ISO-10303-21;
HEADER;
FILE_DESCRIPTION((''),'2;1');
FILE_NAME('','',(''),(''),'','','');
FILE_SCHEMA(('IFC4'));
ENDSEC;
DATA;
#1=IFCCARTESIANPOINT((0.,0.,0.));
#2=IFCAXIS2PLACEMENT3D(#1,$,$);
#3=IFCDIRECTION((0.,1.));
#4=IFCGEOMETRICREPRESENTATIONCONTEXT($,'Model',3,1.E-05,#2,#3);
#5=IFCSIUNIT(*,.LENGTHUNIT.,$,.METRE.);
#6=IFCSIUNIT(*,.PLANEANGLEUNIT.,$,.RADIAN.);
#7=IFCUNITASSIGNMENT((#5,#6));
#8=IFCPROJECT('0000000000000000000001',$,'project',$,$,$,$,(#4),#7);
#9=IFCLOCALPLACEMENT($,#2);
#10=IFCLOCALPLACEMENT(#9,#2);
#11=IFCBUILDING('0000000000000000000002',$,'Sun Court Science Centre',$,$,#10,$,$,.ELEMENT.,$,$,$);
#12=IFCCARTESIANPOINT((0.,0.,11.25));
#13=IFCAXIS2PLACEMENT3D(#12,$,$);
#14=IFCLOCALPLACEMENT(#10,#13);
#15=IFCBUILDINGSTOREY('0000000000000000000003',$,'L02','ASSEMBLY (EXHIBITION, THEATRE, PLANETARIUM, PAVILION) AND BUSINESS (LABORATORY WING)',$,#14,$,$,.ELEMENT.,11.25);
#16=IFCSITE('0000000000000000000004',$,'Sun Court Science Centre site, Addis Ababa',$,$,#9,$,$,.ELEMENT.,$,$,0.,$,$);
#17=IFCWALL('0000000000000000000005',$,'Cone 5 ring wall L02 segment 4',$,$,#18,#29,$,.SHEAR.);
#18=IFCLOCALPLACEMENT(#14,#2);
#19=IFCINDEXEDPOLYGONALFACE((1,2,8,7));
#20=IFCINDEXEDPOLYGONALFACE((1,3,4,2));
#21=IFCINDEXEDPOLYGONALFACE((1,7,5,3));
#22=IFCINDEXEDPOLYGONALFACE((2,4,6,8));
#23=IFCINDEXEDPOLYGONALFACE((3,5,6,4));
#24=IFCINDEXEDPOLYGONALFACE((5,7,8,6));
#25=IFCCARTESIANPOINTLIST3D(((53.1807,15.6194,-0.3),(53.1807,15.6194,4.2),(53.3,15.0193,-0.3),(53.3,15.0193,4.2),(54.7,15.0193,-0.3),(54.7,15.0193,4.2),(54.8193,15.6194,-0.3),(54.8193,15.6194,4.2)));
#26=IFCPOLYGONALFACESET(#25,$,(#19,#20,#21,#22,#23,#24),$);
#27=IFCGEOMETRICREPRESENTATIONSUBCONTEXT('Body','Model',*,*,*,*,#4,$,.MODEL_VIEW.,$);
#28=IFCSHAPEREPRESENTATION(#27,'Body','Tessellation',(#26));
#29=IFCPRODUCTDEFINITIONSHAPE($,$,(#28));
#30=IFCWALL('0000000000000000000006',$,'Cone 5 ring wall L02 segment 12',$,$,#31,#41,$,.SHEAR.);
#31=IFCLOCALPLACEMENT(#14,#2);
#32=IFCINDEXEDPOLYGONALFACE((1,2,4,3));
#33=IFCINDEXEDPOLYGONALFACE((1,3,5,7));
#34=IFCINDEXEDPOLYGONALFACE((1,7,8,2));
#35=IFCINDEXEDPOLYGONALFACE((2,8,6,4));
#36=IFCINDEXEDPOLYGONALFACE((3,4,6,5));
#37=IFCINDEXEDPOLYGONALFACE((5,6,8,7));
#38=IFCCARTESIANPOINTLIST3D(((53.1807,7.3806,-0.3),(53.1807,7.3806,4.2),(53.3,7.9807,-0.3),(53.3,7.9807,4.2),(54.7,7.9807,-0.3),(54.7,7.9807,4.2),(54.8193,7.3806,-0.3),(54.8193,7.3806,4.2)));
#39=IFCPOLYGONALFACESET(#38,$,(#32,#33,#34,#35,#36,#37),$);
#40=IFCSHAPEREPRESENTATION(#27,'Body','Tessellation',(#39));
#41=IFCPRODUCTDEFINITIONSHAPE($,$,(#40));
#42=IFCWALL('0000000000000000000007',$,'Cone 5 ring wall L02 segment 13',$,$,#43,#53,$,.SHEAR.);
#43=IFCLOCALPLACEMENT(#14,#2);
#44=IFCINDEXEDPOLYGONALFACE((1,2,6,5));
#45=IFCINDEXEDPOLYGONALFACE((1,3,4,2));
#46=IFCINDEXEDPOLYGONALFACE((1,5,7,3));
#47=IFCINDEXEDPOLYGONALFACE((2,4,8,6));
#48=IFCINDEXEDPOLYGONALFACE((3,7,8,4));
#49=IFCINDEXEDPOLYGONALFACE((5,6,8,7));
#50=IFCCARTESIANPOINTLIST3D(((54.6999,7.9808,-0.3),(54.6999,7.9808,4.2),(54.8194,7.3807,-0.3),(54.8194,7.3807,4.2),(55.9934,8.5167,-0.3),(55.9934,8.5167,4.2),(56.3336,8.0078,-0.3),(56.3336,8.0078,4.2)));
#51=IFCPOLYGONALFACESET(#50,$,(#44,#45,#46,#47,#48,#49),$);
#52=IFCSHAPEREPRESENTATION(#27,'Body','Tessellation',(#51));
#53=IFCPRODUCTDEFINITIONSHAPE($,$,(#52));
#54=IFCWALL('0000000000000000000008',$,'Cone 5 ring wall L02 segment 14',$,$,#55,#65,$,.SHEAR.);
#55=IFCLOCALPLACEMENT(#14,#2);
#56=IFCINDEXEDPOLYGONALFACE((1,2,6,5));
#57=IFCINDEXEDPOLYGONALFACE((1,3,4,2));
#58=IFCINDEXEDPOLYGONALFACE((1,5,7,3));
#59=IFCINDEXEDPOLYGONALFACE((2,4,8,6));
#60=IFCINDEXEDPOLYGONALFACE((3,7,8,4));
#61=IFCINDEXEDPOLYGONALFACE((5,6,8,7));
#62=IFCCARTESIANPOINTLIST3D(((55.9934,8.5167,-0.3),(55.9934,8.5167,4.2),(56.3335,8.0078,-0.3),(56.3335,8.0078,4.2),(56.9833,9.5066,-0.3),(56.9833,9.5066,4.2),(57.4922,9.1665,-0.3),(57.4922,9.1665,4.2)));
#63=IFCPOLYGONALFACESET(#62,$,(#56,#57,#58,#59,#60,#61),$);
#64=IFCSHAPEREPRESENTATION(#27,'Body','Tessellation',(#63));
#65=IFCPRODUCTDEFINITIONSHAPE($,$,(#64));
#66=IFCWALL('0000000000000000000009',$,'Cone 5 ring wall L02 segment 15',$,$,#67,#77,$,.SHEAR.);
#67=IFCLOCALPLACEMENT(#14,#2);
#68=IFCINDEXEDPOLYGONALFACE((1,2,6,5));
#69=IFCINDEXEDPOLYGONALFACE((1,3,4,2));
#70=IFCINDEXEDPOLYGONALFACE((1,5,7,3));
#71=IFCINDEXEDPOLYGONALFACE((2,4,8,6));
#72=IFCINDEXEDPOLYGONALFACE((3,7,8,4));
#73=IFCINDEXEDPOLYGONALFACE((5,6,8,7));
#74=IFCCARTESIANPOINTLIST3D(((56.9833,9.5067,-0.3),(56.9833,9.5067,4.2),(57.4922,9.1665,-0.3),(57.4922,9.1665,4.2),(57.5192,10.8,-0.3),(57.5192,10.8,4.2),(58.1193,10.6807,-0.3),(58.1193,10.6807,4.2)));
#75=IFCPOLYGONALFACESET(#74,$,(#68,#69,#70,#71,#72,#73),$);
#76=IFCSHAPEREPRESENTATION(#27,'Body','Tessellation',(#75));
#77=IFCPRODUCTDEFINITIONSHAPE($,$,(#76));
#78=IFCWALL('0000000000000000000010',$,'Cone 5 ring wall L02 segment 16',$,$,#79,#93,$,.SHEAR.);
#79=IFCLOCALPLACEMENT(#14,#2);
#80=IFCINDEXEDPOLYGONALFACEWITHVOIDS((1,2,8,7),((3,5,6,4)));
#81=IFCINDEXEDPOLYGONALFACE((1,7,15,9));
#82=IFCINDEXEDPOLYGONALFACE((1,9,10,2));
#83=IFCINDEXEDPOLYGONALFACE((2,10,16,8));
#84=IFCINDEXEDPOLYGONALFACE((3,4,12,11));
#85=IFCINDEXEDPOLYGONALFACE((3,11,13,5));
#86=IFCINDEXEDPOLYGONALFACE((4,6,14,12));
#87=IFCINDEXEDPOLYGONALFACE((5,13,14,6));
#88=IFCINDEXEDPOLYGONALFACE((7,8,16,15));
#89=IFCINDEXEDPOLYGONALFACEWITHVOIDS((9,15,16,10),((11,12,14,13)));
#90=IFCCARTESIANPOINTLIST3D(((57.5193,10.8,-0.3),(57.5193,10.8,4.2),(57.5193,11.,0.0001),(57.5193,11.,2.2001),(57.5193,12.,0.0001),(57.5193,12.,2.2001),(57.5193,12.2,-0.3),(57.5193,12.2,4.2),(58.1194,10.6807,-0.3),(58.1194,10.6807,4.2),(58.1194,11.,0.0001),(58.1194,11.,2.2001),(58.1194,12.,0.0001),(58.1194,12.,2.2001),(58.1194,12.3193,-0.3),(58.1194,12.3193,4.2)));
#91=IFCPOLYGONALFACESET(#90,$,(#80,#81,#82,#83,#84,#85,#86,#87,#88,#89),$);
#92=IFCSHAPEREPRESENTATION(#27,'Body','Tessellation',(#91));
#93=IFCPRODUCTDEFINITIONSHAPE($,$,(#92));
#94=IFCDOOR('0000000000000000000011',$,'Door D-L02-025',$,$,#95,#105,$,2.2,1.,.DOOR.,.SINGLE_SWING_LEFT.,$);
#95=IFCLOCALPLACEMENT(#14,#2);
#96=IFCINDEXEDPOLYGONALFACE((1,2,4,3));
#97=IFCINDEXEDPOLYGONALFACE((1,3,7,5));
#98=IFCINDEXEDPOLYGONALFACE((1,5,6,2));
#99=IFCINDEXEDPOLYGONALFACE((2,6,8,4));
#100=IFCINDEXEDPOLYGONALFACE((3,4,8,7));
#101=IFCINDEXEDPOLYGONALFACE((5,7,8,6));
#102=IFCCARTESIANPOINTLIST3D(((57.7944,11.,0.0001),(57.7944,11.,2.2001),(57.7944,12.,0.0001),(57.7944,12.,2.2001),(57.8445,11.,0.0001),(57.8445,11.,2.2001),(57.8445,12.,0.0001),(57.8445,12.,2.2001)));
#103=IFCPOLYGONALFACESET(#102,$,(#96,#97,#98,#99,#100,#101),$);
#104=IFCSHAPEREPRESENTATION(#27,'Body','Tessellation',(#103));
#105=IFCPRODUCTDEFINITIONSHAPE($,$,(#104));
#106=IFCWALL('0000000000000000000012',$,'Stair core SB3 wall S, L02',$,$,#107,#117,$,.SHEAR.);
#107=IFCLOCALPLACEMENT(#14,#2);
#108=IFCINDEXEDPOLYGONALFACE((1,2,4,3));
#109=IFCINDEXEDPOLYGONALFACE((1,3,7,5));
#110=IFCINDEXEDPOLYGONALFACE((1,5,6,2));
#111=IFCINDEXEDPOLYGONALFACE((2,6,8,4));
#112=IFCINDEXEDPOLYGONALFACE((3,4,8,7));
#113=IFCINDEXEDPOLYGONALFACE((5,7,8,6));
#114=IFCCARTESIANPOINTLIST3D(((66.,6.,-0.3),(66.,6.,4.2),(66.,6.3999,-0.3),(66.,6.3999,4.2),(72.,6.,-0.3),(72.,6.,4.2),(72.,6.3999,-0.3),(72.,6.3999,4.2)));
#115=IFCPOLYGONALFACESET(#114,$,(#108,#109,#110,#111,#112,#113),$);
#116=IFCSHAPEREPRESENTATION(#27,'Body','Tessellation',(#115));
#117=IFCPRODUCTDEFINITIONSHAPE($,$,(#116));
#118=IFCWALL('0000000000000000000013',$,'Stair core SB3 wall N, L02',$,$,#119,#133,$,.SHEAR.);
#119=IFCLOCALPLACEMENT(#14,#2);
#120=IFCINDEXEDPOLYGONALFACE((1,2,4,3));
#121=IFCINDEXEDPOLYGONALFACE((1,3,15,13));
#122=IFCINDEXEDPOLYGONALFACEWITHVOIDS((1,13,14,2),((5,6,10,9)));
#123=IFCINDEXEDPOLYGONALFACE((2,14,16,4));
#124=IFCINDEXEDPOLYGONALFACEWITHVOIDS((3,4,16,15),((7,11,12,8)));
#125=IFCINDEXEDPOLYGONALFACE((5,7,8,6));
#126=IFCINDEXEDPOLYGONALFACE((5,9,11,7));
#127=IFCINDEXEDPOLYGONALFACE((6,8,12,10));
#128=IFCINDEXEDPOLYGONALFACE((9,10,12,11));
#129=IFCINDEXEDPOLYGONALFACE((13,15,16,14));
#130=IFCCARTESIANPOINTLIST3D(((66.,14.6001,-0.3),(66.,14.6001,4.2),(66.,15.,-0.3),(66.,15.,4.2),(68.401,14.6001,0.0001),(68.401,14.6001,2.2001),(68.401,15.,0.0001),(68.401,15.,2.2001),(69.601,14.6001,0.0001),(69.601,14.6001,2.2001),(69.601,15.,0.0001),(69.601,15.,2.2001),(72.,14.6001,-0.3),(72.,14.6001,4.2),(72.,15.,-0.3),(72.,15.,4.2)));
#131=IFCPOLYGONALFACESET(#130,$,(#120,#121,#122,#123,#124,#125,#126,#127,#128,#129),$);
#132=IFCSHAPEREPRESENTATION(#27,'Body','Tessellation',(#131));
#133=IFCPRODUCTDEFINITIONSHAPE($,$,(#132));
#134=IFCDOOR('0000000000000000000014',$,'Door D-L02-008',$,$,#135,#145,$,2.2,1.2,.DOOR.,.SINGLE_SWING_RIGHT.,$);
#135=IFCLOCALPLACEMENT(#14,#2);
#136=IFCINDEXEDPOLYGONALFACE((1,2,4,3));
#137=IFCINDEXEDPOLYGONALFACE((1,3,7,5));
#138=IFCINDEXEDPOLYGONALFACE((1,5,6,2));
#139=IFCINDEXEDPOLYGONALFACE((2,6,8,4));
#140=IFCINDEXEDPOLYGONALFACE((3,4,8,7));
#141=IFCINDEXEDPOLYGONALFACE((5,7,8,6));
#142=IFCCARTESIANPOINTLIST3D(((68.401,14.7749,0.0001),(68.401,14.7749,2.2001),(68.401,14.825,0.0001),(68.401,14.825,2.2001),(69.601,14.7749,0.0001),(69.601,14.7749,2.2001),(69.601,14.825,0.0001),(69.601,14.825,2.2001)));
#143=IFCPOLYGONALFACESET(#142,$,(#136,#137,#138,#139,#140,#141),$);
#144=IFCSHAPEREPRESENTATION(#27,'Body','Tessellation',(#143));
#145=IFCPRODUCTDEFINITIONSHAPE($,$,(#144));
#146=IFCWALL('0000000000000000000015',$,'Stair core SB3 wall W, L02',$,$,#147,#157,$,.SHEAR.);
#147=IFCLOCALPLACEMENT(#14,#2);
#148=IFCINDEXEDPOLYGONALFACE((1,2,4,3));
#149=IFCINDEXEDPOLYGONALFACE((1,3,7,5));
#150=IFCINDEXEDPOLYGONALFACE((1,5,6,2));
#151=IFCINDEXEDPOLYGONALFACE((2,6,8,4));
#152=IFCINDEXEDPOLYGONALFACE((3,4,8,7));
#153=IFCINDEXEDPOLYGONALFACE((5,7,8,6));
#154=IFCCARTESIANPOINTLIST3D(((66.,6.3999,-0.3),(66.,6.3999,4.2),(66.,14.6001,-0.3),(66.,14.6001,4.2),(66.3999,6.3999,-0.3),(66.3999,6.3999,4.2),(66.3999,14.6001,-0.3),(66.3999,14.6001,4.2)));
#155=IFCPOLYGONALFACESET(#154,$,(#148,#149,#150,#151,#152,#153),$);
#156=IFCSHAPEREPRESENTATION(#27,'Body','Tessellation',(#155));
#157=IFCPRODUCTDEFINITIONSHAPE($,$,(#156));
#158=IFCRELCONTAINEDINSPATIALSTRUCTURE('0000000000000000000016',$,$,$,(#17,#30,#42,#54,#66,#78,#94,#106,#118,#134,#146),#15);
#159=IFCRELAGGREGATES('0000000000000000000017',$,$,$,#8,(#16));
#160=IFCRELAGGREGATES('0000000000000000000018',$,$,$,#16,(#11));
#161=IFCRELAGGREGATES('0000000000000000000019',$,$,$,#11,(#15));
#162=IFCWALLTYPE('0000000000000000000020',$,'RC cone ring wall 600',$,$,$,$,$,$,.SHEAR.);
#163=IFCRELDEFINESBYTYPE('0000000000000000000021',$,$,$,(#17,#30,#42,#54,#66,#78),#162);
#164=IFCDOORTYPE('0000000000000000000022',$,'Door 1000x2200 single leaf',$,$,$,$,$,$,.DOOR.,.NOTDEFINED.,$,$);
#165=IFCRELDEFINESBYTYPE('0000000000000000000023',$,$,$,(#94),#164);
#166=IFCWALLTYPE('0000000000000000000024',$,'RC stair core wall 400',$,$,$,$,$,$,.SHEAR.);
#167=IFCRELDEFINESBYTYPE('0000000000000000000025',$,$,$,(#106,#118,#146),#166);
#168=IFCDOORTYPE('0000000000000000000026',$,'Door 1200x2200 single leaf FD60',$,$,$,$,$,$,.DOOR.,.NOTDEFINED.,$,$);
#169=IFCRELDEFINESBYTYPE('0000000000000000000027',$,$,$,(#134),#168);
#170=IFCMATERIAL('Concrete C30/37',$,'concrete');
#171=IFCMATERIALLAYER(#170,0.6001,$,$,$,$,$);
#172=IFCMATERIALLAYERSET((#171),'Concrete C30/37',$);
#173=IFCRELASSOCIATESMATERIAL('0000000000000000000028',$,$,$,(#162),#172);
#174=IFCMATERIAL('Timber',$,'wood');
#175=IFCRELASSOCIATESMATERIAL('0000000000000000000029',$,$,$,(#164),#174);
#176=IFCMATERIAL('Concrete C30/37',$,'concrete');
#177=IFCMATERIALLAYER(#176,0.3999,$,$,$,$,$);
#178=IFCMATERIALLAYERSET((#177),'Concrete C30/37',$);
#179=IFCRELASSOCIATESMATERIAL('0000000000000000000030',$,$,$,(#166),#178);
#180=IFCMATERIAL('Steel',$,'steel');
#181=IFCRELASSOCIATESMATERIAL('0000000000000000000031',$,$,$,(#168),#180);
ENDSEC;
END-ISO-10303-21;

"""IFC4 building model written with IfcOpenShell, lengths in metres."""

from ifc_helpers import new_model, si_unit, direction, frame, frame_2d, origin, place, context, subcontext, project, spatial, polyline, rectangle, outline, extrude, material, layer, layer_set, type_object, element, fill, save


model = new_model("IFC4")

# Units and contexts
model_context = context("Model", 3, precision=1e-05, world=origin(), true_north=direction((0.0, 1.0)))
body_context = subcontext(model_context, "Body", "Model", "MODEL_VIEW")
ifc_project = project(units=[si_unit("LENGTHUNIT", "METRE"), si_unit("PLANEANGLEUNIT", "RADIAN")], contexts=[model_context])

# Site, building, storey
site_placement = place(None, origin())
site = spatial("IfcSite", under=ifc_project, at=site_placement, Name="Sun Court Science Centre site, Addis Ababa", CompositionType="ELEMENT", RefElevation=0.0)
building_placement = place(site_placement, origin())
building = spatial("IfcBuilding", under=site, at=building_placement, Name="Sun Court Science Centre", CompositionType="ELEMENT")
storey_placement = place(building_placement, frame((0.0, 0.0, 11.25)))
storey = spatial("IfcBuildingStorey", under=building, at=storey_placement, Name="L02", Description="ASSEMBLY (EXHIBITION, THEATRE, PLANETARIUM, PAVILION) AND BUSINESS (LABORATORY WING)", CompositionType="ELEMENT", Elevation=11.25)

# Walls
ifc_material_1 = material(Name="Concrete C30/37", Category="concrete")
ifc_layer_1 = layer(ifc_material_1, 0.6001)
ifc_layer_set_1 = layer_set([ifc_layer_1], Name="Concrete C30/37")
wall_type_1 = type_object("IfcWallType", Name="RC cone ring wall 600", PredefinedType="SHEAR", material=ifc_layer_set_1)
for number, where, z_axis, x_axis, name in (
    (1, (54.8193, 15.3193, -0.3), (0.0, 0.0, 1.0), (-1.0, 0.0, 0.0), "Cone 5 ring wall L02 segment 4"),
    (2, (53.1807, 7.6807, -0.3), (0.0, 0.0, 1.0), (1.0, 0.0, 0.0), "Cone 5 ring wall L02 segment 12"),
):
    element("IfcWall", number, at=place(storey_placement, frame(where, z_axis=z_axis, x_axis=x_axis)), inside=storey, type_object=wall_type_1, Name=name, PredefinedType="SHEAR", context=body_context, shape_type="SweptSolid", body=[
        extrude(outline(polyline([(0.0, -0.3), (1.6387, -0.3), (1.5193, 0.3), (0.1194, 0.3), (0.0, -0.3)])), origin(), (0.0, 0.0, 1.0), 4.5),
    ])
wall_1_placement = place(storey_placement, frame((54.7046, 7.658, -0.3), z_axis=(0.0, 0.0, 1.0), x_axis=(0.923908, 0.382615, 0.0)))
element("IfcWall", 3, at=wall_1_placement, inside=storey, type_object=wall_type_1, Name="Cone 5 ring wall L02 segment 13", PredefinedType="SHEAR", context=body_context, shape_type="SweptSolid", body=[
    extrude(outline(polyline([(0.0, -0.3), (1.6389, -0.3), (1.5193, 0.3003), (0.1191, 0.3), (0.0, -0.3)])), origin(), (0.0, 0.0, 1.0), 4.5),
])
wall_2_placement = place(storey_placement, frame((56.1213, 8.22, -0.3), z_axis=(0.0, 0.0, 1.0), x_axis=(0.707107, 0.707107, 0.0)))
element("IfcWall", 4, at=wall_2_placement, inside=storey, type_object=wall_type_1, Name="Cone 5 ring wall L02 segment 14", PredefinedType="SHEAR", context=body_context, shape_type="SweptSolid", body=[
    extrude(outline(polyline([(0.0, -0.3), (1.6387, -0.3), (1.5193, 0.3003), (0.1194, 0.3003), (0.0, -0.3)])), origin(), (0.0, 0.0, 1.0), 4.5),
])
wall_3_placement = place(storey_placement, frame((57.2151, 9.2815, -0.3), z_axis=(0.0, 0.0, 1.0), x_axis=(0.382615, 0.923908, 0.0)))
element("IfcWall", 5, at=wall_3_placement, inside=storey, type_object=wall_type_1, Name="Cone 5 ring wall L02 segment 15", PredefinedType="SHEAR", context=body_context, shape_type="SweptSolid", body=[
    extrude(outline(polyline([(-0.0002, -0.3), (1.6387, -0.3), (1.5193, 0.3), (0.1194, 0.3003), (-0.0002, -0.3)])), origin(), (0.0, 0.0, 1.0), 4.5),
])

# Wall, opening, door
wall_4_placement = place(storey_placement, frame((57.8193, 10.6807, -0.3), z_axis=(0.0, 0.0, 1.0), x_axis=(0.0, 1.0, 0.0)))
wall_4 = element("IfcWall", 6, at=wall_4_placement, inside=storey, type_object=wall_type_1, Name="Cone 5 ring wall L02 segment 16", PredefinedType="SHEAR", context=body_context, shape_type="SweptSolid", body=[
    extrude(outline(polyline([(0.0, -0.3), (1.6387, -0.3), (1.5193, 0.3), (0.1194, 0.3), (0.0, -0.3)])), origin(), (0.0, 0.0, 1.0), 4.5),
])
opening_1_placement = place(wall_4_placement, frame((0.3193, 0.0, 0.3)))
opening_1 = element("IfcOpeningElement", 7, at=opening_1_placement, cuts=wall_4, PredefinedType="OPENING", context=body_context, shape_type="SweptSolid", body=[
    extrude(rectangle(XDim=1.0, YDim=2.2, at=frame_2d((0.5, 1.1001))), frame((0.0, 0.3101, 0.0), z_axis=(0.0, -1.0, 0.0), x_axis=(1.0, 0.0, 0.0)), (0.0, 0.0, 1.0), 0.6201),
])
ifc_material_2 = material(Name="Timber", Category="wood")
door_type_1 = type_object("IfcDoorType", Name="Door 1000x2200 single leaf", OperationType="NOTDEFINED", PredefinedType="DOOR", material=ifc_material_2)
door_1_placement = place(opening_1_placement, origin())
door_1 = element("IfcDoor", 8, at=door_1_placement, inside=storey, type_object=door_type_1, Name="Door D-L02-025", OperationType="SINGLE_SWING_LEFT", OverallHeight=2.2, OverallWidth=1.0, PredefinedType="DOOR", context=body_context, shape_type="SweptSolid", body=[
    extrude(rectangle(XDim=1.0, YDim=2.2, at=frame_2d((0.5, 1.1001))), frame((0.0, 0.0249, 0.0), z_axis=(0.0, -1.0, 0.0), x_axis=(1.0, 0.0, 0.0)), (0.0, 0.0, 1.0), 0.05),
])
fill(opening_1, door_1)

# Wall
ifc_material_3 = material(Name="Concrete C30/37", Category="concrete")
ifc_layer_2 = layer(ifc_material_3, 0.3999)
ifc_layer_set_2 = layer_set([ifc_layer_2], Name="Concrete C30/37")
wall_type_2 = type_object("IfcWallType", Name="RC stair core wall 400", PredefinedType="SHEAR", material=ifc_layer_set_2)
wall_5_placement = place(storey_placement, frame((66.0, 6.2, -0.3), z_axis=(0.0, 0.0, 1.0), x_axis=(1.0, 0.0, 0.0)))
element("IfcWall", 9, at=wall_5_placement, inside=storey, type_object=wall_type_2, Name="Stair core SB3 wall S, L02", PredefinedType="SHEAR", context=body_context, shape_type="SweptSolid", body=[
    extrude(rectangle(XDim=6.0, YDim=0.3999, at=frame_2d((3.0, 0.0))), origin(), (0.0, 0.0, 1.0), 4.5),
])

# Wall, opening, door
wall_6_placement = place(storey_placement, frame((66.0, 14.8, -0.3), z_axis=(0.0, 0.0, 1.0), x_axis=(1.0, 0.0, 0.0)))
wall_6 = element("IfcWall", 10, at=wall_6_placement, inside=storey, type_object=wall_type_2, Name="Stair core SB3 wall N, L02", PredefinedType="SHEAR", context=body_context, shape_type="SweptSolid", body=[
    extrude(rectangle(XDim=6.0, YDim=0.3999, at=frame_2d((3.0, 0.0))), origin(), (0.0, 0.0, 1.0), 4.5),
])
opening_2_placement = place(wall_6_placement, frame((2.4009, 0.0, 0.3)))
opening_2 = element("IfcOpeningElement", 11, at=opening_2_placement, cuts=wall_6, PredefinedType="OPENING", context=body_context, shape_type="SweptSolid", body=[
    extrude(rectangle(XDim=1.2, YDim=2.2, at=frame_2d((0.6001, 1.1001))), frame((0.0, 0.21, 0.0), z_axis=(0.0, -1.0, 0.0), x_axis=(1.0, 0.0, 0.0)), (0.0, 0.0, 1.0), 0.4199),
])
ifc_material_4 = material(Name="Steel", Category="steel")
door_type_2 = type_object("IfcDoorType", Name="Door 1200x2200 single leaf FD60", OperationType="NOTDEFINED", PredefinedType="DOOR", material=ifc_material_4)
door_2_placement = place(opening_2_placement, origin())
door_2 = element("IfcDoor", 12, at=door_2_placement, inside=storey, type_object=door_type_2, Name="Door D-L02-008", OperationType="SINGLE_SWING_RIGHT", OverallHeight=2.2, OverallWidth=1.2, PredefinedType="DOOR", context=body_context, shape_type="SweptSolid", body=[
    extrude(rectangle(XDim=1.2, YDim=2.2, at=frame_2d((0.6001, 1.1001))), frame((0.0, 0.0249, 0.0), z_axis=(0.0, -1.0, 0.0), x_axis=(1.0, 0.0, 0.0)), (0.0, 0.0, 1.0), 0.05),
])
fill(opening_2, door_2)

# Wall
wall_7_placement = place(storey_placement, frame((66.2, 6.3999, -0.3), z_axis=(0.0, 0.0, 1.0), x_axis=(0.0, 1.0, 0.0)))
element("IfcWall", 13, at=wall_7_placement, inside=storey, type_object=wall_type_2, Name="Stair core SB3 wall W, L02", PredefinedType="SHEAR", context=body_context, shape_type="SweptSolid", body=[
    extrude(rectangle(XDim=8.2002, YDim=0.3999, at=frame_2d((4.1001, 0.0))), origin(), (0.0, 0.0, 1.0), 4.5),
])

save(model, "model.ifc")
